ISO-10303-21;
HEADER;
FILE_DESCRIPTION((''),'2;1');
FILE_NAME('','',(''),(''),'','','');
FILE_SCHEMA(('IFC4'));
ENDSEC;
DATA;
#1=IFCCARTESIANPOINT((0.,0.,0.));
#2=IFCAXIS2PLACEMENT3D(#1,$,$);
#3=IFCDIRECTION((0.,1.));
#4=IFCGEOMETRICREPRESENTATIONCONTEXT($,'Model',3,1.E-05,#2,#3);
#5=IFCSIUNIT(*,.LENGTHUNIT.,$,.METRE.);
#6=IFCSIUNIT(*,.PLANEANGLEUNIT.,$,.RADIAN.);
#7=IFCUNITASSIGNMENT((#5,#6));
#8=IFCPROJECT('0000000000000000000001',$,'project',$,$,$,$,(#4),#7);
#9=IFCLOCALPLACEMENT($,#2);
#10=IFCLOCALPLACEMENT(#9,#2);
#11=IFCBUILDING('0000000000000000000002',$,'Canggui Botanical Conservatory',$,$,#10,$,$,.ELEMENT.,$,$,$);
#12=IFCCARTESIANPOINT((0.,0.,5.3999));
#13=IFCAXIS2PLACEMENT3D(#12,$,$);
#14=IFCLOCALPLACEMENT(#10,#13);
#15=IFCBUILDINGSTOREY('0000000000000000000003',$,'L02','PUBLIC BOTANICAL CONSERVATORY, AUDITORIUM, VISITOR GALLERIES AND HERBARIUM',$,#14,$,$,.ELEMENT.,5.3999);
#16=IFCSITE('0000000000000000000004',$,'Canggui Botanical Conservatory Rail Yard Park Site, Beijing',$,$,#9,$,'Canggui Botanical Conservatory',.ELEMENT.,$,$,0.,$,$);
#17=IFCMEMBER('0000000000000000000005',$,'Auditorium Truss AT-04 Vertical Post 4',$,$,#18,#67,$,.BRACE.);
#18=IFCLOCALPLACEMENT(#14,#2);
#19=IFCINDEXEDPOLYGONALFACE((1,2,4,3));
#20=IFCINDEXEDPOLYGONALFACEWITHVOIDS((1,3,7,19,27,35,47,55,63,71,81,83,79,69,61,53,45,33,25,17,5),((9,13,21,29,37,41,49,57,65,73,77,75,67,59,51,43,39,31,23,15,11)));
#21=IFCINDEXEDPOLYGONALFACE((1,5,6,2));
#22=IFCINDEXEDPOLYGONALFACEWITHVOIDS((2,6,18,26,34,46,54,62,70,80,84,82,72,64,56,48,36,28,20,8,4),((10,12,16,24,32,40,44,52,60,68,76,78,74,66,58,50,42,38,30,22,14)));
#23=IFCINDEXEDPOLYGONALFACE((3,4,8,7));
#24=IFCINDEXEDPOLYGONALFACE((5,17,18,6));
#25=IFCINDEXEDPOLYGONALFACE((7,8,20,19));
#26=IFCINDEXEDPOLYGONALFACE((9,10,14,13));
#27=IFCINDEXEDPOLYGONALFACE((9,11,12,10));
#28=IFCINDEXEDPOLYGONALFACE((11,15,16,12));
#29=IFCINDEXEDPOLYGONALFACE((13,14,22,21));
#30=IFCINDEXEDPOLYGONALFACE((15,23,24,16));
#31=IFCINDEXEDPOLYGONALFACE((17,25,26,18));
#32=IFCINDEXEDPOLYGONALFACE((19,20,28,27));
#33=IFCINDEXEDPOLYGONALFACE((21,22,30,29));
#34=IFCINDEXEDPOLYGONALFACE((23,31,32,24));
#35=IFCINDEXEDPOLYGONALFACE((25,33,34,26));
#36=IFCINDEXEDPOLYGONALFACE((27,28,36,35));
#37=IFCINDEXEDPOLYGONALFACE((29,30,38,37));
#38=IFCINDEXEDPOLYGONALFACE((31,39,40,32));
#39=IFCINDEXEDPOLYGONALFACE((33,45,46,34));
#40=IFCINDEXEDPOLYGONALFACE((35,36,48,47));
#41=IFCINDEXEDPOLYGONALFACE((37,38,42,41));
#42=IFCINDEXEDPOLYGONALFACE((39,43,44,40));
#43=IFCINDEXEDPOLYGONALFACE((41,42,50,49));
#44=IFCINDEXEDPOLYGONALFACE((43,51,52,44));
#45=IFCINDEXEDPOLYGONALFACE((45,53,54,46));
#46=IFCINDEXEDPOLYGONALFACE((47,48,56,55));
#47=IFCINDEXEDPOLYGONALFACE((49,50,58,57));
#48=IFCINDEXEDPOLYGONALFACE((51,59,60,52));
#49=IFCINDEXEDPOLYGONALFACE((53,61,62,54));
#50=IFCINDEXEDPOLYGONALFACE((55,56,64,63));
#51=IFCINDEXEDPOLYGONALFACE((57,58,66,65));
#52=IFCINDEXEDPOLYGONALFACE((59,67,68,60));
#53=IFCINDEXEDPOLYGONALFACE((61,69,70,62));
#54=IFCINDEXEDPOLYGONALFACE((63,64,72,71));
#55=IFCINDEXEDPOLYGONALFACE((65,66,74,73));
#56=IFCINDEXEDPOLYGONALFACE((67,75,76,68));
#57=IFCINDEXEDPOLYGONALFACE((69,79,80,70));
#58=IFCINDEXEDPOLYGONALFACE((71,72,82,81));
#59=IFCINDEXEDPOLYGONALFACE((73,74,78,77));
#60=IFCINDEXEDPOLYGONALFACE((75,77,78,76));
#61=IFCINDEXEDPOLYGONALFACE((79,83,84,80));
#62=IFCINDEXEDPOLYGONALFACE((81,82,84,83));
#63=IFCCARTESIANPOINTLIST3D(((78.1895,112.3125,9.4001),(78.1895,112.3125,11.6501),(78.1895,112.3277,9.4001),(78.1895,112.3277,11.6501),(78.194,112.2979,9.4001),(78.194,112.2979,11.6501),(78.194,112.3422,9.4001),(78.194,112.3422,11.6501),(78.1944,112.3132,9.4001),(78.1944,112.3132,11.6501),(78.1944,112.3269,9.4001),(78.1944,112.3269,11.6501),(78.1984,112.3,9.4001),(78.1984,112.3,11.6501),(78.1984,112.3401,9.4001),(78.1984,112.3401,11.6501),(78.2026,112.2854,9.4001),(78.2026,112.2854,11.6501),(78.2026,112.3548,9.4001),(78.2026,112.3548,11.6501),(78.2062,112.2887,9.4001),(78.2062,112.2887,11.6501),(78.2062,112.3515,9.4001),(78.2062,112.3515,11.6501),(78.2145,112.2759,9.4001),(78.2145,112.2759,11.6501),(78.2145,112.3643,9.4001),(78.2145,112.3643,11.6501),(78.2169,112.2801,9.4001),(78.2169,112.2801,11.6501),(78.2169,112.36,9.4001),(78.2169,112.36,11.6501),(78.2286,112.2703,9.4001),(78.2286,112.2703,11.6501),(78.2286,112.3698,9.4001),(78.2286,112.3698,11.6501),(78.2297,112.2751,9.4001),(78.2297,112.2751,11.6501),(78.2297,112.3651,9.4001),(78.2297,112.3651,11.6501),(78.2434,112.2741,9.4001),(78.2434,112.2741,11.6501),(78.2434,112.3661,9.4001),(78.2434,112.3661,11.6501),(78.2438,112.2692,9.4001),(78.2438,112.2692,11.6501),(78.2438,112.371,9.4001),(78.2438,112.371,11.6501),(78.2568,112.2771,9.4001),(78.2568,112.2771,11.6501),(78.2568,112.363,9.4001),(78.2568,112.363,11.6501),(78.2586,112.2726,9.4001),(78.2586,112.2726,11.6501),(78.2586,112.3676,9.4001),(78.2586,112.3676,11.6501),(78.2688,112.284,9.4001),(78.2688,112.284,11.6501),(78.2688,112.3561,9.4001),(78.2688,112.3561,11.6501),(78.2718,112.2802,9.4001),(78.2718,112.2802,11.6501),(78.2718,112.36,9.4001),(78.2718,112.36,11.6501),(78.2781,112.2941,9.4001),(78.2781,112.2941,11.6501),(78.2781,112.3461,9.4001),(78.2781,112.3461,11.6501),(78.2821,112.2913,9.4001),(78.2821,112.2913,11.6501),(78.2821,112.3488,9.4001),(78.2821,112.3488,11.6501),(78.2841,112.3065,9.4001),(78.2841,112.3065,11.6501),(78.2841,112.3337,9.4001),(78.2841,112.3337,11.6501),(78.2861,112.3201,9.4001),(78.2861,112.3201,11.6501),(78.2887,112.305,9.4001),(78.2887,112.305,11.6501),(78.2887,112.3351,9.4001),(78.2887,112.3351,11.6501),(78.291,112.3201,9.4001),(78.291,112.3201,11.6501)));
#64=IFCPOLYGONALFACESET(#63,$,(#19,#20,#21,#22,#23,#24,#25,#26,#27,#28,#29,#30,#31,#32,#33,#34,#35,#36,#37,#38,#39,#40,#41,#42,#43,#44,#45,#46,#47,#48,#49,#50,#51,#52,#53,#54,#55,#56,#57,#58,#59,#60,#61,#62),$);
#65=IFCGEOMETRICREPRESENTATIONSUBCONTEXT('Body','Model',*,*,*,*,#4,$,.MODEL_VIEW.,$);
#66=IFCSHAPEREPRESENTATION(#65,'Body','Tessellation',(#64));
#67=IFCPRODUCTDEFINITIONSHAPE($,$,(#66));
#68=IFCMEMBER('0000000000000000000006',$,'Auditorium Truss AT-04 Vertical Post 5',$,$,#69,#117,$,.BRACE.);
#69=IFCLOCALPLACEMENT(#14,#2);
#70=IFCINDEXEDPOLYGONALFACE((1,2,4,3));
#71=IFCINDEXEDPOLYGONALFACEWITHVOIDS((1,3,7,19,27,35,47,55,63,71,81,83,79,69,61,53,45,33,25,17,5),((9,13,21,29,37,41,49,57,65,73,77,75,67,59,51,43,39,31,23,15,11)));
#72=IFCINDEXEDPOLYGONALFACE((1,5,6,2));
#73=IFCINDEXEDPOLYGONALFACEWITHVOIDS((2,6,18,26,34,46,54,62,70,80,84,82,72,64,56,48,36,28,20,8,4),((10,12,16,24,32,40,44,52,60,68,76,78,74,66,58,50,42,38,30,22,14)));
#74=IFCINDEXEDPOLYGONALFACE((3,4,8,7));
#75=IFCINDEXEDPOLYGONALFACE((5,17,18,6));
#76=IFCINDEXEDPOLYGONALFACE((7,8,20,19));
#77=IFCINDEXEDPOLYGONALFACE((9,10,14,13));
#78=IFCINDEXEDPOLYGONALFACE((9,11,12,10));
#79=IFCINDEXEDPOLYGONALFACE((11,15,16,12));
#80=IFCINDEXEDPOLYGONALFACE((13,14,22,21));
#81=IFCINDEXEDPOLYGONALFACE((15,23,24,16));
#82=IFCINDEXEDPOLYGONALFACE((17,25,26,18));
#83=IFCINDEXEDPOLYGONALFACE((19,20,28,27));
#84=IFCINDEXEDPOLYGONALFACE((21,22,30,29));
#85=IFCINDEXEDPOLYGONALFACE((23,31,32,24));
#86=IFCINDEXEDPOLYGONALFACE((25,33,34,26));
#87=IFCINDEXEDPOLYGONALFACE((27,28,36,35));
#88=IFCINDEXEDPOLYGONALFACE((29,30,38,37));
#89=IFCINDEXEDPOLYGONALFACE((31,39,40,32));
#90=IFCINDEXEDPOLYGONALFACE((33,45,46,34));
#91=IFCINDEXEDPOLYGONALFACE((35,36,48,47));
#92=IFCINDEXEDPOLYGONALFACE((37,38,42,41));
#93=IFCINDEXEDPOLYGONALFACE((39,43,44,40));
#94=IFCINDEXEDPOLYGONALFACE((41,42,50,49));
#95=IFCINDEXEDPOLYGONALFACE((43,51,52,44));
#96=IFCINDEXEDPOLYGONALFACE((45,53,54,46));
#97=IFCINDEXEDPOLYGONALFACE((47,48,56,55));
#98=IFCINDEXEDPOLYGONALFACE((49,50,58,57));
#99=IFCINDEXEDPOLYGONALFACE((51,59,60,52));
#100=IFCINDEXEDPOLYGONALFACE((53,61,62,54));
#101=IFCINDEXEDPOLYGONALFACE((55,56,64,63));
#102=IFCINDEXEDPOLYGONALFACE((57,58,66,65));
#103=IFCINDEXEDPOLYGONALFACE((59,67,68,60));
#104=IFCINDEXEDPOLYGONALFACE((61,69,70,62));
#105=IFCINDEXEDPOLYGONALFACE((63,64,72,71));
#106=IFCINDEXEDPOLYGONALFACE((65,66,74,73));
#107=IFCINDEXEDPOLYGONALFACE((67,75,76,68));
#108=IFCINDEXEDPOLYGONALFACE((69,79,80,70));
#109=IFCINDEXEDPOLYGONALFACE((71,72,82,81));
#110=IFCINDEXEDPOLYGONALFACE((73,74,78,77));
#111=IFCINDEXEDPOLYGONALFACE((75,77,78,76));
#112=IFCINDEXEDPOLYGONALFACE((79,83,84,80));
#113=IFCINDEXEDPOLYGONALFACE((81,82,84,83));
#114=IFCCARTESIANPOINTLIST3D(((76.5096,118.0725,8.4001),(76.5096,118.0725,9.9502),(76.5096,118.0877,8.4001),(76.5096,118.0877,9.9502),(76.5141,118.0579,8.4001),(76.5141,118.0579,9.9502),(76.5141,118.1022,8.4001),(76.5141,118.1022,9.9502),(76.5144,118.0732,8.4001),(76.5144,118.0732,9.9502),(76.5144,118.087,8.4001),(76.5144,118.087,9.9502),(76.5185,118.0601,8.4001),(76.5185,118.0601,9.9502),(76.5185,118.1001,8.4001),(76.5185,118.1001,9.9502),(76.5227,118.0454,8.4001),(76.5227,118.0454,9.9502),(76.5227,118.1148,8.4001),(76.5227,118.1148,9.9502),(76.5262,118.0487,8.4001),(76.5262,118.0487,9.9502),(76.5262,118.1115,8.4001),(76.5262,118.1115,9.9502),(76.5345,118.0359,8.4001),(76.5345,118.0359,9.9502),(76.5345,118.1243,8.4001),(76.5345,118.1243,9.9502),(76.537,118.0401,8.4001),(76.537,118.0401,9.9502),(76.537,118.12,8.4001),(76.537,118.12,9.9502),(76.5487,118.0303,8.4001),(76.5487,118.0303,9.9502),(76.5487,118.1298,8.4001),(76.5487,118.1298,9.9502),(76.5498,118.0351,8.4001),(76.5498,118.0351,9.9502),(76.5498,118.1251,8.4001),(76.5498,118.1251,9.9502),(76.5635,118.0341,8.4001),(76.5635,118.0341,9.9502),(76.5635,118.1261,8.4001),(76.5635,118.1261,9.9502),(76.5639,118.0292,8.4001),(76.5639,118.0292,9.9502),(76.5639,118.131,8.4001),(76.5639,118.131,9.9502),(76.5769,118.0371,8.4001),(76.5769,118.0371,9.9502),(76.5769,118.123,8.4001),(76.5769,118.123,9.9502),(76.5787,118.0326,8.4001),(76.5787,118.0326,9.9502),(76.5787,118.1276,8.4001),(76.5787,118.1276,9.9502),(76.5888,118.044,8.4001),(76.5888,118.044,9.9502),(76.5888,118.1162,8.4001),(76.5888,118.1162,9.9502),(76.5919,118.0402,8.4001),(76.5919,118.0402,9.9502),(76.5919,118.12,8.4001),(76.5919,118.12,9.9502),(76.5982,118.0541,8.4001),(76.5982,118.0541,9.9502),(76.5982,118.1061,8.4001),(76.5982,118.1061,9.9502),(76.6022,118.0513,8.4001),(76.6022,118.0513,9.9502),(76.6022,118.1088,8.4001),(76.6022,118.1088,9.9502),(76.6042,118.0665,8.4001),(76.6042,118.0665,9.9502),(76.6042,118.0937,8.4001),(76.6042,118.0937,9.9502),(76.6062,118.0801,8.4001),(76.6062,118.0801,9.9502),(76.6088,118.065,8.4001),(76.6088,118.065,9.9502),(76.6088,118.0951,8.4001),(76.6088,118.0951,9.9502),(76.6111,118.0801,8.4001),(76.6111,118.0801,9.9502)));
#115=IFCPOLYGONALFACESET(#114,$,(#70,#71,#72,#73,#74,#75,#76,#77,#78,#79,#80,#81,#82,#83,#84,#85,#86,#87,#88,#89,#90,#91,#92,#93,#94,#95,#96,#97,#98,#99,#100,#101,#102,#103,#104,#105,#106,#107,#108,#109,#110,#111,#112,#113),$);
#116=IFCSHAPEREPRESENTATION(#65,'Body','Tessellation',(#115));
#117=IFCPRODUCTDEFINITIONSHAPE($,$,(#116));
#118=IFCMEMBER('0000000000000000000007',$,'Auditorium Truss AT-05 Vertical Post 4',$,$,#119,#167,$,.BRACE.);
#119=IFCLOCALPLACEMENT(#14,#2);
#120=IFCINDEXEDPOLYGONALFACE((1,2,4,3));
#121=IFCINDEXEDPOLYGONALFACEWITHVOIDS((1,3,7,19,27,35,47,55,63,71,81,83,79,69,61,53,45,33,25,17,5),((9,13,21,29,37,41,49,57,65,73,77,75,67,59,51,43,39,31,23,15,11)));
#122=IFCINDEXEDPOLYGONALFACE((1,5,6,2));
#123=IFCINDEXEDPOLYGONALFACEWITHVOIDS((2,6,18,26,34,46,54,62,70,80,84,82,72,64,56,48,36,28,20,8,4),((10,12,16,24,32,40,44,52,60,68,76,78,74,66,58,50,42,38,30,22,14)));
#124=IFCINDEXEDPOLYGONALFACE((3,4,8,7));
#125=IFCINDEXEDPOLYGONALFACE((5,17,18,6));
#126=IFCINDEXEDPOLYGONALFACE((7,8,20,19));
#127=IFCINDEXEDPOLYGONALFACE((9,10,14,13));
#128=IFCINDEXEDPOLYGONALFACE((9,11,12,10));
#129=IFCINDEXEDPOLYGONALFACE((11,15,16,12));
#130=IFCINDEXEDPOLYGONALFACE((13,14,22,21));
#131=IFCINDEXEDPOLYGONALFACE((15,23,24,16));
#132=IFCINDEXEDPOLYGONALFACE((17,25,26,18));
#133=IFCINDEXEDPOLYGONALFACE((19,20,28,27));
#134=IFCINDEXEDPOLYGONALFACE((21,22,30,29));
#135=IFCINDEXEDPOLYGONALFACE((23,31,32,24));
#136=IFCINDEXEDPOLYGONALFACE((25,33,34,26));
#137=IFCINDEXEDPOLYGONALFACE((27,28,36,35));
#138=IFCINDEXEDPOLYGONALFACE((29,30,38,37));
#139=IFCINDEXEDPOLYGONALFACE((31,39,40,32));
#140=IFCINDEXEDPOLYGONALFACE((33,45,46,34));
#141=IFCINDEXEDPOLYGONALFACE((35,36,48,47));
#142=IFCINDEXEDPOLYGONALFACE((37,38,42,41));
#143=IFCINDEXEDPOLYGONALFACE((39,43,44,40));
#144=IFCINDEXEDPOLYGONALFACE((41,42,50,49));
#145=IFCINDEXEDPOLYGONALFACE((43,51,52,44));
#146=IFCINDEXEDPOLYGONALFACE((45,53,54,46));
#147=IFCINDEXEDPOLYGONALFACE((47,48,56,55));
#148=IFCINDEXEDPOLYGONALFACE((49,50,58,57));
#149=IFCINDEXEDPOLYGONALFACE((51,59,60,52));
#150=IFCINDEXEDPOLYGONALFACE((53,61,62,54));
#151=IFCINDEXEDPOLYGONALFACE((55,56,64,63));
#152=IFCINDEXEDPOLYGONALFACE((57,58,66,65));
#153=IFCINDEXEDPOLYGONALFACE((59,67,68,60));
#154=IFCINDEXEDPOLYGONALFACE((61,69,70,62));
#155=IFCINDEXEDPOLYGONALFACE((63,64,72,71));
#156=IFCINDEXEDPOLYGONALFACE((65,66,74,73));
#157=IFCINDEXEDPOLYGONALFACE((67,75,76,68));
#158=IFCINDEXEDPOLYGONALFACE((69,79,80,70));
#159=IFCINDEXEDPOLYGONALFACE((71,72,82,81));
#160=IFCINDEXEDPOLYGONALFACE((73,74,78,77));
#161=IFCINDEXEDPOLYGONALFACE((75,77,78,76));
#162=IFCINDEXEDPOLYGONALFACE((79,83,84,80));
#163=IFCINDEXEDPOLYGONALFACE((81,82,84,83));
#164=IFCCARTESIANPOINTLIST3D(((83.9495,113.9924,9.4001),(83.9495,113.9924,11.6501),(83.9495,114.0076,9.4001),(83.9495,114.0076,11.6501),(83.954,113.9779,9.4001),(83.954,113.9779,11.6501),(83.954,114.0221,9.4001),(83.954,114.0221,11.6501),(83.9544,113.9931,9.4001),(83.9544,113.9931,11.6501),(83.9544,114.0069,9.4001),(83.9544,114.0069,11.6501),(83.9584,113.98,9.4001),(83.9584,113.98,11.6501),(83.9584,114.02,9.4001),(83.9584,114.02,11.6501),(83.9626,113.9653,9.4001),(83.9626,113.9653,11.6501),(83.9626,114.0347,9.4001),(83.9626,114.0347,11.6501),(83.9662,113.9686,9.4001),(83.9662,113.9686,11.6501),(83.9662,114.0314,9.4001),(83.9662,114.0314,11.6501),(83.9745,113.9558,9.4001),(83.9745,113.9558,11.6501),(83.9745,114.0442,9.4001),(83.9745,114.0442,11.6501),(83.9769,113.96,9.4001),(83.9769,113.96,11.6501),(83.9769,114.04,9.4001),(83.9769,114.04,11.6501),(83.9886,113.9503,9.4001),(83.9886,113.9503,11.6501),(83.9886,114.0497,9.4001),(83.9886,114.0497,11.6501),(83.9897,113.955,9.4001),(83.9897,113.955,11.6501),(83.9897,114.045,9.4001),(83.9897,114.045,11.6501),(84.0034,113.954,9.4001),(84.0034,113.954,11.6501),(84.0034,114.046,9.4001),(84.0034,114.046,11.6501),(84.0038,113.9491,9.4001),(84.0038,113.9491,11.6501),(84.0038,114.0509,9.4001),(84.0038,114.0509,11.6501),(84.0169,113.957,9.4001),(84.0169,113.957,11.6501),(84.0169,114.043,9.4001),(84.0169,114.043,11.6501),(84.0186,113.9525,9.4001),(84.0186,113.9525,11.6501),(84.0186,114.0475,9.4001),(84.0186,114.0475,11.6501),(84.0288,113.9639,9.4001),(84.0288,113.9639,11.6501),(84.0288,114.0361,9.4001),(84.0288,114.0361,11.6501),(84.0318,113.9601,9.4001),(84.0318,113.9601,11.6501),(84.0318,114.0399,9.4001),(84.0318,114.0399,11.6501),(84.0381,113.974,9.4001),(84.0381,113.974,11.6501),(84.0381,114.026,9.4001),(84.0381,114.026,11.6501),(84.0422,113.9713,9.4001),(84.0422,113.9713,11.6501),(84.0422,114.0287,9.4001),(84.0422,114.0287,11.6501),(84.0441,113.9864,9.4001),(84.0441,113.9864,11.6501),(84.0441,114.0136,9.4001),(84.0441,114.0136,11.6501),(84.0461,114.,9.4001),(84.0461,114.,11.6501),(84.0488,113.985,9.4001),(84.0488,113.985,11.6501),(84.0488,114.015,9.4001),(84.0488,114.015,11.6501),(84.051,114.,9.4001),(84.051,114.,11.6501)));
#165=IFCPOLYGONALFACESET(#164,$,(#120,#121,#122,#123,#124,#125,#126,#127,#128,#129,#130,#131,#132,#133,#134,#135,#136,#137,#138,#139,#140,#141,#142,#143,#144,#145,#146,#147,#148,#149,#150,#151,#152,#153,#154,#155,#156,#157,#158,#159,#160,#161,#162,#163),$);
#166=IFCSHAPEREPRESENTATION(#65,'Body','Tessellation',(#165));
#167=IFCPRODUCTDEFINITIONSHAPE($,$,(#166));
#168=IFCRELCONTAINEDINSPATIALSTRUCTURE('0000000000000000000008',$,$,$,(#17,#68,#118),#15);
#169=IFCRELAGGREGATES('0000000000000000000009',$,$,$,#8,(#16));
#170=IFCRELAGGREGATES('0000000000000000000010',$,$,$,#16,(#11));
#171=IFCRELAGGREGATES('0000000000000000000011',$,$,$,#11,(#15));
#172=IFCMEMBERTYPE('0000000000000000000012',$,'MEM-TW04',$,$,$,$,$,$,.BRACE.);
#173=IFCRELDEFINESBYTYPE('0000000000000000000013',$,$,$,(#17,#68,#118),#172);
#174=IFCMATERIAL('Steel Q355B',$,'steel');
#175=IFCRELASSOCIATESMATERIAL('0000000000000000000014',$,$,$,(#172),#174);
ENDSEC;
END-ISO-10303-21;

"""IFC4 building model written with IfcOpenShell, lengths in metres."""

from ifc_helpers import new_model, si_unit, direction, frame, origin, origin_2d, place, context, subcontext, project, spatial, hollow_circle, extrude, material, material_profile, profile_set, type_object, element, save


model = new_model("IFC4")

# Units and contexts
model_context = context("Model", 3, precision=1e-05, world=origin(), true_north=direction((0.0, 1.0)))
body_context = subcontext(model_context, "Body", "Model", "MODEL_VIEW")
ifc_project = project(units=[si_unit("LENGTHUNIT", "METRE"), si_unit("PLANEANGLEUNIT", "RADIAN")], contexts=[model_context])

# Site, building, storey
site_placement = place(None, origin())
site = spatial("IfcSite", under=ifc_project, at=site_placement, Name="Canggui Botanical Conservatory Rail Yard Park Site, Beijing", LongName="Canggui Botanical Conservatory", CompositionType="ELEMENT", RefElevation=0.0)
building_placement = place(site_placement, origin())
building = spatial("IfcBuilding", under=site, at=building_placement, Name="Canggui Botanical Conservatory", CompositionType="ELEMENT")
storey_placement = place(building_placement, frame((0.0, 0.0, 5.3999)))
storey = spatial("IfcBuildingStorey", under=building, at=storey_placement, Name="L02", Description="PUBLIC BOTANICAL CONSERVATORY, AUDITORIUM, VISITOR GALLERIES AND HERBARIUM", CompositionType="ELEMENT", Elevation=5.3999)

# Shared definitions
ifc_material_1 = material(Name="Steel Q355B", Category="steel")

# Members
ifc_material_profile_1 = material_profile(ifc_material_1, hollow_circle(Radius=0.051, WallThickness=0.0049, at=origin_2d()), Name="CHS 102x5")
ifc_profile_set_1 = profile_set([ifc_material_profile_1], Name="Steel Q355B")
member_type_1 = type_object("IfcMemberType", Name="MEM-TW04", PredefinedType="BRACE", material=ifc_profile_set_1)
member_1_placement = place(storey_placement, frame((78.24, 112.3201, 9.4001), z_axis=(0.0, 0.0, 1.0), x_axis=(1.0, 0.0, 0.0)))
element("IfcMember", 1, at=member_1_placement, inside=storey, type_object=member_type_1, Name="Auditorium Truss AT-04 Vertical Post 4", PredefinedType="BRACE", context=body_context, shape_type="SweptSolid", body=[
    extrude(hollow_circle(Radius=0.051, WallThickness=0.0049, at=origin_2d()), origin(), (0.0, 0.0, 1.0), 2.25),
])
member_2_placement = place(storey_placement, frame((76.5601, 118.0801, 8.4001), z_axis=(0.0, 0.0, 1.0), x_axis=(1.0, 0.0, 0.0)))
element("IfcMember", 2, at=member_2_placement, inside=storey, type_object=member_type_1, Name="Auditorium Truss AT-04 Vertical Post 5", PredefinedType="BRACE", context=body_context, shape_type="SweptSolid", body=[
    extrude(hollow_circle(Radius=0.051, WallThickness=0.0049, at=origin_2d()), origin(), (0.0, 0.0, 1.0), 1.55),
])
member_3_placement = place(storey_placement, frame((84.0, 114.0, 9.4001), z_axis=(0.0, 0.0, 1.0), x_axis=(1.0, 0.0, 0.0)))
element("IfcMember", 3, at=member_3_placement, inside=storey, type_object=member_type_1, Name="Auditorium Truss AT-05 Vertical Post 4", PredefinedType="BRACE", context=body_context, shape_type="SweptSolid", body=[
    extrude(hollow_circle(Radius=0.051, WallThickness=0.0049, at=origin_2d()), origin(), (0.0, 0.0, 1.0), 2.25),
])

save(model, "model.ifc")
